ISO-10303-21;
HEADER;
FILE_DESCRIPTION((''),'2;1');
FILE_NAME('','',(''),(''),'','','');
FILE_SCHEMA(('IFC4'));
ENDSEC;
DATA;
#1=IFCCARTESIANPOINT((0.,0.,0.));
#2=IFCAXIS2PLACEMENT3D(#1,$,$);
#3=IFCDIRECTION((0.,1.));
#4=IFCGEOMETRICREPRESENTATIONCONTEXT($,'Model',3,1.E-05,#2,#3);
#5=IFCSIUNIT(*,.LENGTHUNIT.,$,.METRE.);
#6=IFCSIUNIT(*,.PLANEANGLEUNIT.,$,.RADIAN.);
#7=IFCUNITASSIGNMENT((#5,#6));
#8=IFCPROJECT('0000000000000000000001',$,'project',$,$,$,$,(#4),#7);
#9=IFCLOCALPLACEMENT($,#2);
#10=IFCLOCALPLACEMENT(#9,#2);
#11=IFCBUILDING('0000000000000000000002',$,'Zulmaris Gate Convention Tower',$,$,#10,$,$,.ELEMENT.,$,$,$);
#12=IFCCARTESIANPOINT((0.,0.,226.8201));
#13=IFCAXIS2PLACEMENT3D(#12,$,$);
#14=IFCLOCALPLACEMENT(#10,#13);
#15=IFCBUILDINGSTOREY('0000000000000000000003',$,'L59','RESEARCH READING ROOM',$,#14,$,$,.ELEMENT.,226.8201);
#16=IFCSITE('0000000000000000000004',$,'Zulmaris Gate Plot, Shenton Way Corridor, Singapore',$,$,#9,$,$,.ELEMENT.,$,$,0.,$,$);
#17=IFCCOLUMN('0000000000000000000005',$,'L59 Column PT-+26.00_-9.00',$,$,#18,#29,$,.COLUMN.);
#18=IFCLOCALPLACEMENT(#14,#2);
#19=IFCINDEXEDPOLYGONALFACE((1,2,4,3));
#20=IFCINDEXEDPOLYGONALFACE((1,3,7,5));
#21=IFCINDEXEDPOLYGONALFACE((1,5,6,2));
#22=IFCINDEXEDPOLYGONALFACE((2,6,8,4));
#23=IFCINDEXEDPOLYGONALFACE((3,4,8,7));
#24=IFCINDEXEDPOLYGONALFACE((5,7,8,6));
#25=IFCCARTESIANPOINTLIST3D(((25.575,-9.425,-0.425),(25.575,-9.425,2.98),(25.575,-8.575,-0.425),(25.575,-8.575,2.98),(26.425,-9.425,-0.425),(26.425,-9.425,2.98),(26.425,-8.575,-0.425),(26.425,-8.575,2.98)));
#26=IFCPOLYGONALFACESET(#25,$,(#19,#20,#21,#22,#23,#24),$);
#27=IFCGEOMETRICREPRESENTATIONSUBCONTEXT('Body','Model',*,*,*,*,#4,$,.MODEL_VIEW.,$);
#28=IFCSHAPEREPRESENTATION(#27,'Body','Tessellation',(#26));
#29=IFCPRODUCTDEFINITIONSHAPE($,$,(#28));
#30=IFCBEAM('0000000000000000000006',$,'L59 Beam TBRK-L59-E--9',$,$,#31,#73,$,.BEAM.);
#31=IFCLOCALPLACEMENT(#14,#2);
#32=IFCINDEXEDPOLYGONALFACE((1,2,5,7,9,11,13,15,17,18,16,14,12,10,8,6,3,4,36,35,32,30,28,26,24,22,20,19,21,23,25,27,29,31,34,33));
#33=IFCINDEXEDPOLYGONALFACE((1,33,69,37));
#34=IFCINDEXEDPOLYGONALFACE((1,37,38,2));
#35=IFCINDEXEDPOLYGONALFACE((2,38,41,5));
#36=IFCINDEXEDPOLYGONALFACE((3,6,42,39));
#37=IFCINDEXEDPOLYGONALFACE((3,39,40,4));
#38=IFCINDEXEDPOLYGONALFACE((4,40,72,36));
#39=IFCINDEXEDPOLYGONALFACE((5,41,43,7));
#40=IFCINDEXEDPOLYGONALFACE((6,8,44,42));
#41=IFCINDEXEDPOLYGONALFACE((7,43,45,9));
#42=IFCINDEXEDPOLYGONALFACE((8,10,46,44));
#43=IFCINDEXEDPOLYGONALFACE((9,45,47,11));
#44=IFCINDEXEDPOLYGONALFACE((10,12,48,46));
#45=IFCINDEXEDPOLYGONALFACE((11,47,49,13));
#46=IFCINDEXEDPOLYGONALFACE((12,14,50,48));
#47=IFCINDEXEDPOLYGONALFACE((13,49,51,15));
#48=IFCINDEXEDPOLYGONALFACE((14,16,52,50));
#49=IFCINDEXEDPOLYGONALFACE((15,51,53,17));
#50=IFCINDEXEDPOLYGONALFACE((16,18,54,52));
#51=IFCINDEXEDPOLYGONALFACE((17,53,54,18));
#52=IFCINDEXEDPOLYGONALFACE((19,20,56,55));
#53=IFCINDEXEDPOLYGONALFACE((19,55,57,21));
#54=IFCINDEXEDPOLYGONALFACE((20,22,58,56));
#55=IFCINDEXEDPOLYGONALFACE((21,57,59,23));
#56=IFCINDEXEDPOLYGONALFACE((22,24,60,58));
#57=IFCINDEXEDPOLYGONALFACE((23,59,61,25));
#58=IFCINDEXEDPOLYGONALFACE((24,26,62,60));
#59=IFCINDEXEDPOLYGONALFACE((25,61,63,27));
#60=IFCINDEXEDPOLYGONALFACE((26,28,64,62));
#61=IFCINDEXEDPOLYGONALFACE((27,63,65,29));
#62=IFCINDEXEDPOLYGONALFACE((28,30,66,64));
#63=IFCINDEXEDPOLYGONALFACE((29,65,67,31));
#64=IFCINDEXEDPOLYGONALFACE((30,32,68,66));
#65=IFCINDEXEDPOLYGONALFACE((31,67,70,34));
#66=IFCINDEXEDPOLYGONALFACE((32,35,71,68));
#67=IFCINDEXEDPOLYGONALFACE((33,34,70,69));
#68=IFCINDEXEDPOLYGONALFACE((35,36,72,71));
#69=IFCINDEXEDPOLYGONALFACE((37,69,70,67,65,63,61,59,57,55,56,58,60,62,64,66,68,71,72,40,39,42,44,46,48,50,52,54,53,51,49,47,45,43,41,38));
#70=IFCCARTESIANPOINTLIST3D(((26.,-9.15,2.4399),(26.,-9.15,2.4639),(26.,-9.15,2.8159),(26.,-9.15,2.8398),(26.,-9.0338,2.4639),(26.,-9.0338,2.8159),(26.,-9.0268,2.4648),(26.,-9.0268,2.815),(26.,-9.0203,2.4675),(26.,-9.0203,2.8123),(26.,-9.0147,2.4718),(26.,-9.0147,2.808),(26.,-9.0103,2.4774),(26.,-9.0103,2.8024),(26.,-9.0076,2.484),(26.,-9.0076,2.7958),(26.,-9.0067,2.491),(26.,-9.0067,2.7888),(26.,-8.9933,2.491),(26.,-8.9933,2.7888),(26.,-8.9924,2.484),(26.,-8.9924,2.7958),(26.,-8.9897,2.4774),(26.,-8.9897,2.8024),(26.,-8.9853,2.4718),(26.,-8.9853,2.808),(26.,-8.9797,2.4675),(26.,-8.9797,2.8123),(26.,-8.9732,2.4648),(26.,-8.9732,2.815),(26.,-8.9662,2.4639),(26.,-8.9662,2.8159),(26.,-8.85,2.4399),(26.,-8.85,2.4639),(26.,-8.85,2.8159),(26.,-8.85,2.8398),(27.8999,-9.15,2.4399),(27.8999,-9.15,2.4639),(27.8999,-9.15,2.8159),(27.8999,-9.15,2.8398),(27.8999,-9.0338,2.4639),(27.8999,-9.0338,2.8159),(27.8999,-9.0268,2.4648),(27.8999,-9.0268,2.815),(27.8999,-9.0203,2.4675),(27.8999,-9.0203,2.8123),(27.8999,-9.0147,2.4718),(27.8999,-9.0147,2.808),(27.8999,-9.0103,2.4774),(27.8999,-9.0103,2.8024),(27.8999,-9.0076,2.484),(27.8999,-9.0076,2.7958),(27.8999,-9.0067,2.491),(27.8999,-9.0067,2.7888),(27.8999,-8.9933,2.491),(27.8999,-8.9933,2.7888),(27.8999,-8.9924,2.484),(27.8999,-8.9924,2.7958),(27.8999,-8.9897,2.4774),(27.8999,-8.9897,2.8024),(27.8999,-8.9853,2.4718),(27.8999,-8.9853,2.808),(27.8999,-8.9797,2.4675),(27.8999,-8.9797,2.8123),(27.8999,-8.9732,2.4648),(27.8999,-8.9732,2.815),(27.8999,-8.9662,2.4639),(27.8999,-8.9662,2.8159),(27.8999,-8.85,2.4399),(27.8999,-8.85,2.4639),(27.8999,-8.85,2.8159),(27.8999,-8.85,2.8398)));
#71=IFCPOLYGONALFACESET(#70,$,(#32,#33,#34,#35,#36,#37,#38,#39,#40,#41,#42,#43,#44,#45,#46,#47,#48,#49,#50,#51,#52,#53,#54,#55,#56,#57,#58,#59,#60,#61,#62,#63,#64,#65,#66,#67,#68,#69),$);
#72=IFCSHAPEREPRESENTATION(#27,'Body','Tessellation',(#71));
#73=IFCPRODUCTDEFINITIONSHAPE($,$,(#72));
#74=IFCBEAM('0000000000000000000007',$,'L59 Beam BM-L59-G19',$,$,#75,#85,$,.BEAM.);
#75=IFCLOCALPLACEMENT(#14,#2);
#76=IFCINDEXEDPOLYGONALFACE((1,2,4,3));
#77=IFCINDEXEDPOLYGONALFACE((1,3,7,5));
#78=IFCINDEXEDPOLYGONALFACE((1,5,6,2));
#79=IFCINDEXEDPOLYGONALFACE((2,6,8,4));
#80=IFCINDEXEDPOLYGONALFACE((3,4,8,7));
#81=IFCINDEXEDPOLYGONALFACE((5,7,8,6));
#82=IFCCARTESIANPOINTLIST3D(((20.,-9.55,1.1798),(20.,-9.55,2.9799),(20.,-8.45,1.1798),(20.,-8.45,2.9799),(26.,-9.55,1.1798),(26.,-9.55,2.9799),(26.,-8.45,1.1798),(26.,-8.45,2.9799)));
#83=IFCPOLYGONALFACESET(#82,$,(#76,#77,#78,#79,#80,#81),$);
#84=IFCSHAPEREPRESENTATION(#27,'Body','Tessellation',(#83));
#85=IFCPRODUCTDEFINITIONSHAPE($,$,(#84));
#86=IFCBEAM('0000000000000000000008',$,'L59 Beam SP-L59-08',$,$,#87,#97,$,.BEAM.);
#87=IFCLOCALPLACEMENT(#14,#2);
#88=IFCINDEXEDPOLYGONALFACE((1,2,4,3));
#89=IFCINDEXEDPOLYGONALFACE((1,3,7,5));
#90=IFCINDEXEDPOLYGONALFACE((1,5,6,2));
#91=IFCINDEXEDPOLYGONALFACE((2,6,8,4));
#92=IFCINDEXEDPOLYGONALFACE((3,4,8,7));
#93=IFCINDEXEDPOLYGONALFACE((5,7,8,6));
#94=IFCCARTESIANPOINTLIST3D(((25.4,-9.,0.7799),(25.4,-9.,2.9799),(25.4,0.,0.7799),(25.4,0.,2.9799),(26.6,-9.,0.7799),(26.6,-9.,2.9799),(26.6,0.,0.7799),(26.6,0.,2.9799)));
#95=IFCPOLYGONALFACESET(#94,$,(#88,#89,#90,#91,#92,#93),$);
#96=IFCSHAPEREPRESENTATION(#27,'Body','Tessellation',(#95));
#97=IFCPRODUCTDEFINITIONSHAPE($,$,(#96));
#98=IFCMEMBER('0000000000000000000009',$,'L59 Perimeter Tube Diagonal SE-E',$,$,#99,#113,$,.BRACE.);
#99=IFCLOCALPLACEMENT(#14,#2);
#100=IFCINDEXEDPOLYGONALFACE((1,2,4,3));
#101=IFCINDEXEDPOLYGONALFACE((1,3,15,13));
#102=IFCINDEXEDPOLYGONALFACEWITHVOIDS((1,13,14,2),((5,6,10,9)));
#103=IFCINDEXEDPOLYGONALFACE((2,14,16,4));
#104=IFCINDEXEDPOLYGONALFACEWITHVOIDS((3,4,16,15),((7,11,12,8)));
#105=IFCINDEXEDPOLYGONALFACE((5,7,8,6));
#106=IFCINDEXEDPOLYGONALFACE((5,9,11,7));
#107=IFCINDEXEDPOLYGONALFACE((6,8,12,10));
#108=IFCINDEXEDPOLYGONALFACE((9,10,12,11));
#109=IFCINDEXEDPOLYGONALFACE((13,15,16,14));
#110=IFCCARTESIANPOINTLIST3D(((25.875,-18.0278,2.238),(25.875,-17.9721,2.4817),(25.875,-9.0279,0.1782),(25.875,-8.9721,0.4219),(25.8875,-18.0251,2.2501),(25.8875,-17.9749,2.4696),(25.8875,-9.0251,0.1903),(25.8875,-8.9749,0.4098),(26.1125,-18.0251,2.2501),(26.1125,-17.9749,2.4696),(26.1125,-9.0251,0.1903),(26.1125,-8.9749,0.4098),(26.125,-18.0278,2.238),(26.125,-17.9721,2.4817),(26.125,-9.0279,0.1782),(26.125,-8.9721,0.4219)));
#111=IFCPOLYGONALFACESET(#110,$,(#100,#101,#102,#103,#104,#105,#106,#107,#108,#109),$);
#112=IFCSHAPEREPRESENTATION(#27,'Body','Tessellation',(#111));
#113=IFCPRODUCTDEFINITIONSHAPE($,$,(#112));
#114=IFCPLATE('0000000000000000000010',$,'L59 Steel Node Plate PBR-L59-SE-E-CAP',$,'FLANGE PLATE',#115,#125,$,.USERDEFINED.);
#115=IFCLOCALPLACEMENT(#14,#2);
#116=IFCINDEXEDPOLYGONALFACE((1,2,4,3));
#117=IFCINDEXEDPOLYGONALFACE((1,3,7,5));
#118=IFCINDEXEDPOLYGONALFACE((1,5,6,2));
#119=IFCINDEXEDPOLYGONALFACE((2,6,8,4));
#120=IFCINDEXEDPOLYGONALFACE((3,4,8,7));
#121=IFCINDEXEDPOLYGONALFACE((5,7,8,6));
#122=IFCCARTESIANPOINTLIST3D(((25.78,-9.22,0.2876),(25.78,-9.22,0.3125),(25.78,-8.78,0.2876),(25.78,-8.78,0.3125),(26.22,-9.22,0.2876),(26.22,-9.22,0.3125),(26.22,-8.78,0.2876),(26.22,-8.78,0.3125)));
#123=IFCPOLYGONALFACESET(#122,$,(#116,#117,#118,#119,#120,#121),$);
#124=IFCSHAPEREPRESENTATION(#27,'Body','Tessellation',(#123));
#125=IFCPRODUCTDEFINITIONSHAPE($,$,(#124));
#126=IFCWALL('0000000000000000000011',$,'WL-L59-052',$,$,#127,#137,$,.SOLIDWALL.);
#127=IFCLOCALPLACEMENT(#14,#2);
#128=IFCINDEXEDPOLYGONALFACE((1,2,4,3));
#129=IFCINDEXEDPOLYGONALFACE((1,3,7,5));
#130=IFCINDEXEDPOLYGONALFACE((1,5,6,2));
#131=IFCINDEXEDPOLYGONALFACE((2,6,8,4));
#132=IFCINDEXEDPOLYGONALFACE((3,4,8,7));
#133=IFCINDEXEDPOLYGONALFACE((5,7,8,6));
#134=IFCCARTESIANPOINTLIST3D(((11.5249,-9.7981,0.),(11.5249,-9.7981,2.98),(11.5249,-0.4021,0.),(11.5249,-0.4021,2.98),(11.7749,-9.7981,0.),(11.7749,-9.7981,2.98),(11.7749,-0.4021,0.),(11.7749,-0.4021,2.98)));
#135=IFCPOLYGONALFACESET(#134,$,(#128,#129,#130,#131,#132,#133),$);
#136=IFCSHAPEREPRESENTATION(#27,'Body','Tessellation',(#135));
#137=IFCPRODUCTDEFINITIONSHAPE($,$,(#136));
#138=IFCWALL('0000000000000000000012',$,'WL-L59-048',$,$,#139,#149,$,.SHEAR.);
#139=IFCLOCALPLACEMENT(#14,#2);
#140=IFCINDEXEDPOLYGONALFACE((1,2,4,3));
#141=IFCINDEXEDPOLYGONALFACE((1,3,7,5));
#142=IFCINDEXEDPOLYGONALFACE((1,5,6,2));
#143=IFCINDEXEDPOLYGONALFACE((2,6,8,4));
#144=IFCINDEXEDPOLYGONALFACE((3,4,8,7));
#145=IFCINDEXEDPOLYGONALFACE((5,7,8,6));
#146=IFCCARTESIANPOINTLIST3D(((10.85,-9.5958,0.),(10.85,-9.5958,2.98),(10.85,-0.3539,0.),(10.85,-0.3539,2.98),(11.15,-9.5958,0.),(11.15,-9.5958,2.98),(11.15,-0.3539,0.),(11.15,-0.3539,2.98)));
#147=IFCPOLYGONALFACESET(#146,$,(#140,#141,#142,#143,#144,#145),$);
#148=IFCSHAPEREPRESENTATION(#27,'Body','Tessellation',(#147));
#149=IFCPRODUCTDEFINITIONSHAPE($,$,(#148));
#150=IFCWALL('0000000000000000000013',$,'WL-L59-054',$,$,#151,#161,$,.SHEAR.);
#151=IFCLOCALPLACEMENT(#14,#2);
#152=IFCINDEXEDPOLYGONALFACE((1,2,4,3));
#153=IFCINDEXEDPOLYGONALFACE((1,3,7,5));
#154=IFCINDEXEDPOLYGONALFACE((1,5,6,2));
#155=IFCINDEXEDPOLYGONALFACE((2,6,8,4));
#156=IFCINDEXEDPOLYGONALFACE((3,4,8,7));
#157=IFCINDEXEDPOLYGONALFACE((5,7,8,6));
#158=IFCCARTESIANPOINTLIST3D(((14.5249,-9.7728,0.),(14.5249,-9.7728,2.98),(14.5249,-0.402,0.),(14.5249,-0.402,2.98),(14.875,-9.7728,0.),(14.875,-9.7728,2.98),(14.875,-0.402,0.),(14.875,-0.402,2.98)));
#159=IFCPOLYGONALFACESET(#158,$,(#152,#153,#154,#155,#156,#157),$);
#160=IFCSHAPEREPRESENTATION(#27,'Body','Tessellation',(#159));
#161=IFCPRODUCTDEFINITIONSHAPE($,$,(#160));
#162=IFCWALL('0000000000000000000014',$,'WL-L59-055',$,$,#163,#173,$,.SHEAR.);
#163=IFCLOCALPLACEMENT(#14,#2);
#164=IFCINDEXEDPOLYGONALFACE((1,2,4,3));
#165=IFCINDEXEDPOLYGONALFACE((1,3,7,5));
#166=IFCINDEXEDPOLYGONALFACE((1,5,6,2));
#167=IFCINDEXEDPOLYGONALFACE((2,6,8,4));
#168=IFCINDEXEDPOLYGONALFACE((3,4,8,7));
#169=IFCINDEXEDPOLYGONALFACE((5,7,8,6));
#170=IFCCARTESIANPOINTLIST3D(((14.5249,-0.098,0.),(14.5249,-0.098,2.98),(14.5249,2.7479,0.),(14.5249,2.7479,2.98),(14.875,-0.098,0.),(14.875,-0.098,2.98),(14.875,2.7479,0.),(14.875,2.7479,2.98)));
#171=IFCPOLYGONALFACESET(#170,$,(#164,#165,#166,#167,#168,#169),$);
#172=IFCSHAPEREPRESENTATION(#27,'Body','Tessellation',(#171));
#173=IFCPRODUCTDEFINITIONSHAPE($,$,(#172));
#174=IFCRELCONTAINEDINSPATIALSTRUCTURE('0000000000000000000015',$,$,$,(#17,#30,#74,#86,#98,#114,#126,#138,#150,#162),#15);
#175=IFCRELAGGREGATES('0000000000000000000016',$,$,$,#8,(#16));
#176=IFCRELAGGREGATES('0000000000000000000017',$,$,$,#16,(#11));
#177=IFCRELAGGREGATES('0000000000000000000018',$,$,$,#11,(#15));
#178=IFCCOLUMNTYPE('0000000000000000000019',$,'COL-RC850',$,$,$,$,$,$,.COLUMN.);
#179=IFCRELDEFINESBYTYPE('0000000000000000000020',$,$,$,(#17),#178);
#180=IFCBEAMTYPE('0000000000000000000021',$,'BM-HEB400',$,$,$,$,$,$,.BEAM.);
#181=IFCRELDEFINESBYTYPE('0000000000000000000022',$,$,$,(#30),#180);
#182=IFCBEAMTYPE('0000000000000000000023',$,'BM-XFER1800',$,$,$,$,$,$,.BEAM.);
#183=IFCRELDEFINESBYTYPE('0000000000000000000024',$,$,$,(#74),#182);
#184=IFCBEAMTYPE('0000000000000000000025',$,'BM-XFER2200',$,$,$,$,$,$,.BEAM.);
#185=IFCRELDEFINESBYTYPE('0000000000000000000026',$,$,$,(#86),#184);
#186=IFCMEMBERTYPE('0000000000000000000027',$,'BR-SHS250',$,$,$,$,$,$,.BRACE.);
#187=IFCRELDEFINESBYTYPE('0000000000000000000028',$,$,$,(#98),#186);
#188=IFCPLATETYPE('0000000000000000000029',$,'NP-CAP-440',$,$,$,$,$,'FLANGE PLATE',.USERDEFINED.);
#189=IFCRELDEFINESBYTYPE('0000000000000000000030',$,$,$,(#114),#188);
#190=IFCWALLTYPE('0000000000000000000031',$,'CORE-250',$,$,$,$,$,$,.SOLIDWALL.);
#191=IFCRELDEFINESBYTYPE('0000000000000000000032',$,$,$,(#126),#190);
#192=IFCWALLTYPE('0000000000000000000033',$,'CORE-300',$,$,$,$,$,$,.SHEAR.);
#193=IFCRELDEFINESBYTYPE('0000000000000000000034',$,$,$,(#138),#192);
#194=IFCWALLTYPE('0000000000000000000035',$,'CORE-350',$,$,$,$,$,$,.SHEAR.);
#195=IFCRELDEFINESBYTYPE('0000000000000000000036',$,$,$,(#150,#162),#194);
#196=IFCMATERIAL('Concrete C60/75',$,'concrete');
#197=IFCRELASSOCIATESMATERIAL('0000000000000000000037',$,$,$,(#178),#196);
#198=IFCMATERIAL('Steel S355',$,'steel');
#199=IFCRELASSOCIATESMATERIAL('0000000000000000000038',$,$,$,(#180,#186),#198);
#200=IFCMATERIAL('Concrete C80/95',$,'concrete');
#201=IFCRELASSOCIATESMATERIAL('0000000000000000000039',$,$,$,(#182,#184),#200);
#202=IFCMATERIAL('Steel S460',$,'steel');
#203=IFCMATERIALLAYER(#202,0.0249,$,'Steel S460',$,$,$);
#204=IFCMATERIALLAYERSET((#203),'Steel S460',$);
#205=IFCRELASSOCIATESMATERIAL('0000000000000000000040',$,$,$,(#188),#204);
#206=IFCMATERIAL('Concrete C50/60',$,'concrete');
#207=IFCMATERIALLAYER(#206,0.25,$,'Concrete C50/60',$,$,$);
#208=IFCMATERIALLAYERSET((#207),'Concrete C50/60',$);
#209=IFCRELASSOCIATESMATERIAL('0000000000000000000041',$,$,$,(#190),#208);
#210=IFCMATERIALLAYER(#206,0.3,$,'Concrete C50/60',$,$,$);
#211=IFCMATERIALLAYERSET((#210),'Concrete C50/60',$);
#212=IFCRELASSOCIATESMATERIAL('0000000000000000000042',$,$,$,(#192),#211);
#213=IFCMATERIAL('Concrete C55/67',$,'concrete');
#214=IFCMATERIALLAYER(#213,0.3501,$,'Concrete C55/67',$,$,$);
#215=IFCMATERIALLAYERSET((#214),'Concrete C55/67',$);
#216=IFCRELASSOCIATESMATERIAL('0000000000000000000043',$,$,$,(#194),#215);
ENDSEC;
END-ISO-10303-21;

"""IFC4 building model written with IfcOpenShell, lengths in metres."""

from ifc_helpers import new_model, si_unit, direction, frame, frame_2d, origin, origin_2d, place, context, subcontext, project, spatial, rectangle, hollow_rectangle, i_section, extrude, material, layer, layer_set, material_profile, profile_set, type_object, element, save


model = new_model("IFC4")

# Units and contexts
model_context = context("Model", 3, precision=1e-05, world=origin(), true_north=direction((0.0, 1.0)))
body_context = subcontext(model_context, "Body", "Model", "MODEL_VIEW")
ifc_project = project(units=[si_unit("LENGTHUNIT", "METRE"), si_unit("PLANEANGLEUNIT", "RADIAN")], contexts=[model_context])

# Site, building, storey
site_placement = place(None, origin())
site = spatial("IfcSite", under=ifc_project, at=site_placement, Name="Zulmaris Gate Plot, Shenton Way Corridor, Singapore", CompositionType="ELEMENT", RefElevation=0.0)
building_placement = place(site_placement, origin())
building = spatial("IfcBuilding", under=site, at=building_placement, Name="Zulmaris Gate Convention Tower", CompositionType="ELEMENT")
storey_placement = place(building_placement, frame((0.0, 0.0, 226.8201)))
storey = spatial("IfcBuildingStorey", under=building, at=storey_placement, Name="L59", Description="RESEARCH READING ROOM", CompositionType="ELEMENT", Elevation=226.8201)

# Column
ifc_material_1 = material(Name="Concrete C60/75", Category="concrete")
ifc_material_profile_1 = material_profile(ifc_material_1, rectangle(XDim=0.8501, YDim=0.8501, at=origin_2d()), Name="RC COL 850x850")
ifc_profile_set_1 = profile_set([ifc_material_profile_1], Name="Concrete C60/75")
column_type = type_object("IfcColumnType", Name="COL-RC850", PredefinedType="COLUMN", material=ifc_profile_set_1)
column_placement = place(storey_placement, frame((26.0, -9.0, -0.425), z_axis=(0.0, 0.0, 1.0), x_axis=(1.0, 0.0, 0.0)))
element("IfcColumn", 1, at=column_placement, inside=storey, type_object=column_type, Name="L59 Column PT-+26.00_-9.00", PredefinedType="COLUMN", context=body_context, shape_type="SweptSolid", body=[
    extrude(rectangle(XDim=0.8501, YDim=0.8501, at=origin_2d()), origin(), (0.0, 0.0, 1.0), 3.405),
])

# Beams
ifc_material_2 = material(Name="Steel S355", Category="steel")
ifc_material_profile_2 = material_profile(ifc_material_2, i_section(OverallWidth=0.3, OverallDepth=0.3999, WebThickness=0.0134, FlangeThickness=0.0239, FilletRadius=0.0271, at=origin_2d()), Name="HEB 400")
ifc_profile_set_2 = profile_set([ifc_material_profile_2], Name="Steel S355")
beam_type_1 = type_object("IfcBeamType", Name="BM-HEB400", PredefinedType="BEAM", material=ifc_profile_set_2)
beam_1_placement = place(storey_placement, frame((26.0, -9.0, 2.6399), z_axis=(1.0, 0.0, 0.0), x_axis=(0.0, 1.0, 0.0)))
element("IfcBeam", 2, at=beam_1_placement, inside=storey, type_object=beam_type_1, Name="L59 Beam TBRK-L59-E--9", PredefinedType="BEAM", context=body_context, shape_type="SweptSolid", body=[
    extrude(i_section(OverallWidth=0.3, OverallDepth=0.3999, WebThickness=0.0134, FlangeThickness=0.0239, FilletRadius=0.0271, at=origin_2d()), origin(), (0.0, 0.0, 1.0), 1.8999),
])
ifc_material_3 = material(Name="Concrete C80/95", Category="concrete")
ifc_material_profile_3 = material_profile(ifc_material_3, rectangle(XDim=1.1001, YDim=1.8, at=origin_2d()), Name="RC TRANSFER 1100x1800")
ifc_profile_set_3 = profile_set([ifc_material_profile_3], Name="Concrete C80/95")
beam_type_2 = type_object("IfcBeamType", Name="BM-XFER1800", PredefinedType="BEAM", material=ifc_profile_set_3)
beam_2_placement = place(storey_placement, frame((20.0, -9.0, 2.0798), z_axis=(1.0, 0.0, 0.0), x_axis=(0.0, 1.0, 0.0)))
element("IfcBeam", 3, at=beam_2_placement, inside=storey, type_object=beam_type_2, Name="L59 Beam BM-L59-G19", PredefinedType="BEAM", context=body_context, shape_type="SweptSolid", body=[
    extrude(rectangle(XDim=1.1001, YDim=1.8, at=origin_2d()), origin(), (0.0, 0.0, 1.0), 6.0),
])
ifc_material_profile_4 = material_profile(ifc_material_3, rectangle(XDim=1.2, YDim=2.2, at=origin_2d()), Name="RC TRANSFER 1200x2200")
ifc_profile_set_4 = profile_set([ifc_material_profile_4], Name="Concrete C80/95")
beam_type_3 = type_object("IfcBeamType", Name="BM-XFER2200", PredefinedType="BEAM", material=ifc_profile_set_4)
beam_3_placement = place(storey_placement, frame((26.0, -9.0, 1.8799), z_axis=(0.0, 1.0, 0.0), x_axis=(-1.0, 0.0, 0.0)))
element("IfcBeam", 4, at=beam_3_placement, inside=storey, type_object=beam_type_3, Name="L59 Beam SP-L59-08", PredefinedType="BEAM", context=body_context, shape_type="SweptSolid", body=[
    extrude(rectangle(XDim=1.2, YDim=2.2, at=origin_2d()), origin(), (0.0, 0.0, 1.0), 9.0),
])

# Member
ifc_material_profile_5 = material_profile(ifc_material_2, hollow_rectangle(XDim=0.25, YDim=0.25, WallThickness=0.0125, at=origin_2d()), Name="SHS 250x250x12.5")
ifc_profile_set_5 = profile_set([ifc_material_profile_5], Name="Steel S355")
member_type = type_object("IfcMemberType", Name="BR-SHS250", PredefinedType="BRACE", material=ifc_profile_set_5)
member_placement = place(storey_placement, frame((26.0, -9.0, 0.3), z_axis=(0.0, -0.974796, 0.2231), x_axis=(1.0, 0.0, 0.0)))
element("IfcMember", 5, at=member_placement, inside=storey, type_object=member_type, Name="L59 Perimeter Tube Diagonal SE-E", PredefinedType="BRACE", context=body_context, shape_type="SweptSolid", body=[
    extrude(hollow_rectangle(XDim=0.25, YDim=0.25, WallThickness=0.0125, at=origin_2d()), origin(), (0.0, 0.0, 1.0), 9.2327),
])

# Plate
ifc_material_4 = material(Name="Steel S460", Category="steel")
ifc_layer_1 = layer(ifc_material_4, 0.0249, Name="Steel S460")
ifc_layer_set_1 = layer_set([ifc_layer_1], Name="Steel S460")
plate_type = type_object("IfcPlateType", Name="NP-CAP-440", ElementType="FLANGE PLATE", PredefinedType="USERDEFINED", material=ifc_layer_set_1)
plate_placement = place(storey_placement, frame((26.0, -9.0, 0.2876), z_axis=(0.0, 0.0, 1.0), x_axis=(1.0, 0.0, 0.0)))
element("IfcPlate", 6, at=plate_placement, inside=storey, type_object=plate_type, Name="L59 Steel Node Plate PBR-L59-SE-E-CAP", ObjectType="FLANGE PLATE", PredefinedType="USERDEFINED", context=body_context, shape_type="SweptSolid", body=[
    extrude(rectangle(XDim=0.4399, YDim=0.4399, at=origin_2d()), origin(), (0.0, 0.0, 1.0), 0.0249),
])

# Wall
ifc_material_5 = material(Name="Concrete C50/60", Category="concrete")
ifc_layer_2 = layer(ifc_material_5, 0.25, Name="Concrete C50/60")
ifc_layer_set_2 = layer_set([ifc_layer_2], Name="Concrete C50/60")
wall_type_1 = type_object("IfcWallType", Name="CORE-250", PredefinedType="SOLIDWALL", material=ifc_layer_set_2)
wall_1_placement = place(storey_placement, frame((11.6499, -9.7981, 0.0), z_axis=(0.0, 0.0, 1.0), x_axis=(0.0, 1.0, 0.0)))
element("IfcWall", 7, at=wall_1_placement, inside=storey, type_object=wall_type_1, Name="WL-L59-052", PredefinedType="SOLIDWALL", context=body_context, shape_type="SweptSolid", body=[
    extrude(rectangle(XDim=9.396, YDim=0.25, at=frame_2d((4.698, 0.0))), origin(), (0.0, 0.0, 1.0), 2.98),
])

# Shared definitions
ifc_layer_3 = layer(ifc_material_5, 0.3, Name="Concrete C50/60")
ifc_layer_set_3 = layer_set([ifc_layer_3], Name="Concrete C50/60")
wall_type_2 = type_object("IfcWallType", Name="CORE-300", PredefinedType="SHEAR", material=ifc_layer_set_3)

# Walls
wall_2_placement = place(storey_placement, frame((11.0, -9.5959, 0.0), z_axis=(0.0, 0.0, 1.0), x_axis=(0.0, 1.0, 0.0)))
element("IfcWall", 8, at=wall_2_placement, inside=storey, type_object=wall_type_2, Name="WL-L59-048", PredefinedType="SHEAR", context=body_context, shape_type="SweptSolid", body=[
    extrude(rectangle(XDim=9.2419, YDim=0.3, at=frame_2d((4.6211, 0.0))), origin(), (0.0, 0.0, 1.0), 2.98),
])
ifc_material_6 = material(Name="Concrete C55/67", Category="concrete")
ifc_layer_4 = layer(ifc_material_6, 0.3501, Name="Concrete C55/67")
ifc_layer_set_4 = layer_set([ifc_layer_4], Name="Concrete C55/67")
wall_type_3 = type_object("IfcWallType", Name="CORE-350", PredefinedType="SHEAR", material=ifc_layer_set_4)
wall_3_placement = place(storey_placement, frame((14.7, -9.7729, 0.0), z_axis=(0.0, 0.0, 1.0), x_axis=(0.0, 1.0, 0.0)))
element("IfcWall", 9, at=wall_3_placement, inside=storey, type_object=wall_type_3, Name="WL-L59-054", PredefinedType="SHEAR", context=body_context, shape_type="SweptSolid", body=[
    extrude(rectangle(XDim=9.3708, YDim=0.3501, at=frame_2d((4.6855, 0.0))), origin(), (0.0, 0.0, 1.0), 2.98),
])
wall_4_placement = place(storey_placement, frame((14.7, -0.0979, 0.0), z_axis=(0.0, 0.0, 1.0), x_axis=(0.0, 1.0, 0.0)))
element("IfcWall", 10, at=wall_4_placement, inside=storey, type_object=wall_type_3, Name="WL-L59-055", PredefinedType="SHEAR", context=body_context, shape_type="SweptSolid", body=[
    extrude(rectangle(XDim=2.8459, YDim=0.3501, at=frame_2d((1.4229, 0.0))), origin(), (0.0, 0.0, 1.0), 2.98),
])

save(model, "model.ifc")
